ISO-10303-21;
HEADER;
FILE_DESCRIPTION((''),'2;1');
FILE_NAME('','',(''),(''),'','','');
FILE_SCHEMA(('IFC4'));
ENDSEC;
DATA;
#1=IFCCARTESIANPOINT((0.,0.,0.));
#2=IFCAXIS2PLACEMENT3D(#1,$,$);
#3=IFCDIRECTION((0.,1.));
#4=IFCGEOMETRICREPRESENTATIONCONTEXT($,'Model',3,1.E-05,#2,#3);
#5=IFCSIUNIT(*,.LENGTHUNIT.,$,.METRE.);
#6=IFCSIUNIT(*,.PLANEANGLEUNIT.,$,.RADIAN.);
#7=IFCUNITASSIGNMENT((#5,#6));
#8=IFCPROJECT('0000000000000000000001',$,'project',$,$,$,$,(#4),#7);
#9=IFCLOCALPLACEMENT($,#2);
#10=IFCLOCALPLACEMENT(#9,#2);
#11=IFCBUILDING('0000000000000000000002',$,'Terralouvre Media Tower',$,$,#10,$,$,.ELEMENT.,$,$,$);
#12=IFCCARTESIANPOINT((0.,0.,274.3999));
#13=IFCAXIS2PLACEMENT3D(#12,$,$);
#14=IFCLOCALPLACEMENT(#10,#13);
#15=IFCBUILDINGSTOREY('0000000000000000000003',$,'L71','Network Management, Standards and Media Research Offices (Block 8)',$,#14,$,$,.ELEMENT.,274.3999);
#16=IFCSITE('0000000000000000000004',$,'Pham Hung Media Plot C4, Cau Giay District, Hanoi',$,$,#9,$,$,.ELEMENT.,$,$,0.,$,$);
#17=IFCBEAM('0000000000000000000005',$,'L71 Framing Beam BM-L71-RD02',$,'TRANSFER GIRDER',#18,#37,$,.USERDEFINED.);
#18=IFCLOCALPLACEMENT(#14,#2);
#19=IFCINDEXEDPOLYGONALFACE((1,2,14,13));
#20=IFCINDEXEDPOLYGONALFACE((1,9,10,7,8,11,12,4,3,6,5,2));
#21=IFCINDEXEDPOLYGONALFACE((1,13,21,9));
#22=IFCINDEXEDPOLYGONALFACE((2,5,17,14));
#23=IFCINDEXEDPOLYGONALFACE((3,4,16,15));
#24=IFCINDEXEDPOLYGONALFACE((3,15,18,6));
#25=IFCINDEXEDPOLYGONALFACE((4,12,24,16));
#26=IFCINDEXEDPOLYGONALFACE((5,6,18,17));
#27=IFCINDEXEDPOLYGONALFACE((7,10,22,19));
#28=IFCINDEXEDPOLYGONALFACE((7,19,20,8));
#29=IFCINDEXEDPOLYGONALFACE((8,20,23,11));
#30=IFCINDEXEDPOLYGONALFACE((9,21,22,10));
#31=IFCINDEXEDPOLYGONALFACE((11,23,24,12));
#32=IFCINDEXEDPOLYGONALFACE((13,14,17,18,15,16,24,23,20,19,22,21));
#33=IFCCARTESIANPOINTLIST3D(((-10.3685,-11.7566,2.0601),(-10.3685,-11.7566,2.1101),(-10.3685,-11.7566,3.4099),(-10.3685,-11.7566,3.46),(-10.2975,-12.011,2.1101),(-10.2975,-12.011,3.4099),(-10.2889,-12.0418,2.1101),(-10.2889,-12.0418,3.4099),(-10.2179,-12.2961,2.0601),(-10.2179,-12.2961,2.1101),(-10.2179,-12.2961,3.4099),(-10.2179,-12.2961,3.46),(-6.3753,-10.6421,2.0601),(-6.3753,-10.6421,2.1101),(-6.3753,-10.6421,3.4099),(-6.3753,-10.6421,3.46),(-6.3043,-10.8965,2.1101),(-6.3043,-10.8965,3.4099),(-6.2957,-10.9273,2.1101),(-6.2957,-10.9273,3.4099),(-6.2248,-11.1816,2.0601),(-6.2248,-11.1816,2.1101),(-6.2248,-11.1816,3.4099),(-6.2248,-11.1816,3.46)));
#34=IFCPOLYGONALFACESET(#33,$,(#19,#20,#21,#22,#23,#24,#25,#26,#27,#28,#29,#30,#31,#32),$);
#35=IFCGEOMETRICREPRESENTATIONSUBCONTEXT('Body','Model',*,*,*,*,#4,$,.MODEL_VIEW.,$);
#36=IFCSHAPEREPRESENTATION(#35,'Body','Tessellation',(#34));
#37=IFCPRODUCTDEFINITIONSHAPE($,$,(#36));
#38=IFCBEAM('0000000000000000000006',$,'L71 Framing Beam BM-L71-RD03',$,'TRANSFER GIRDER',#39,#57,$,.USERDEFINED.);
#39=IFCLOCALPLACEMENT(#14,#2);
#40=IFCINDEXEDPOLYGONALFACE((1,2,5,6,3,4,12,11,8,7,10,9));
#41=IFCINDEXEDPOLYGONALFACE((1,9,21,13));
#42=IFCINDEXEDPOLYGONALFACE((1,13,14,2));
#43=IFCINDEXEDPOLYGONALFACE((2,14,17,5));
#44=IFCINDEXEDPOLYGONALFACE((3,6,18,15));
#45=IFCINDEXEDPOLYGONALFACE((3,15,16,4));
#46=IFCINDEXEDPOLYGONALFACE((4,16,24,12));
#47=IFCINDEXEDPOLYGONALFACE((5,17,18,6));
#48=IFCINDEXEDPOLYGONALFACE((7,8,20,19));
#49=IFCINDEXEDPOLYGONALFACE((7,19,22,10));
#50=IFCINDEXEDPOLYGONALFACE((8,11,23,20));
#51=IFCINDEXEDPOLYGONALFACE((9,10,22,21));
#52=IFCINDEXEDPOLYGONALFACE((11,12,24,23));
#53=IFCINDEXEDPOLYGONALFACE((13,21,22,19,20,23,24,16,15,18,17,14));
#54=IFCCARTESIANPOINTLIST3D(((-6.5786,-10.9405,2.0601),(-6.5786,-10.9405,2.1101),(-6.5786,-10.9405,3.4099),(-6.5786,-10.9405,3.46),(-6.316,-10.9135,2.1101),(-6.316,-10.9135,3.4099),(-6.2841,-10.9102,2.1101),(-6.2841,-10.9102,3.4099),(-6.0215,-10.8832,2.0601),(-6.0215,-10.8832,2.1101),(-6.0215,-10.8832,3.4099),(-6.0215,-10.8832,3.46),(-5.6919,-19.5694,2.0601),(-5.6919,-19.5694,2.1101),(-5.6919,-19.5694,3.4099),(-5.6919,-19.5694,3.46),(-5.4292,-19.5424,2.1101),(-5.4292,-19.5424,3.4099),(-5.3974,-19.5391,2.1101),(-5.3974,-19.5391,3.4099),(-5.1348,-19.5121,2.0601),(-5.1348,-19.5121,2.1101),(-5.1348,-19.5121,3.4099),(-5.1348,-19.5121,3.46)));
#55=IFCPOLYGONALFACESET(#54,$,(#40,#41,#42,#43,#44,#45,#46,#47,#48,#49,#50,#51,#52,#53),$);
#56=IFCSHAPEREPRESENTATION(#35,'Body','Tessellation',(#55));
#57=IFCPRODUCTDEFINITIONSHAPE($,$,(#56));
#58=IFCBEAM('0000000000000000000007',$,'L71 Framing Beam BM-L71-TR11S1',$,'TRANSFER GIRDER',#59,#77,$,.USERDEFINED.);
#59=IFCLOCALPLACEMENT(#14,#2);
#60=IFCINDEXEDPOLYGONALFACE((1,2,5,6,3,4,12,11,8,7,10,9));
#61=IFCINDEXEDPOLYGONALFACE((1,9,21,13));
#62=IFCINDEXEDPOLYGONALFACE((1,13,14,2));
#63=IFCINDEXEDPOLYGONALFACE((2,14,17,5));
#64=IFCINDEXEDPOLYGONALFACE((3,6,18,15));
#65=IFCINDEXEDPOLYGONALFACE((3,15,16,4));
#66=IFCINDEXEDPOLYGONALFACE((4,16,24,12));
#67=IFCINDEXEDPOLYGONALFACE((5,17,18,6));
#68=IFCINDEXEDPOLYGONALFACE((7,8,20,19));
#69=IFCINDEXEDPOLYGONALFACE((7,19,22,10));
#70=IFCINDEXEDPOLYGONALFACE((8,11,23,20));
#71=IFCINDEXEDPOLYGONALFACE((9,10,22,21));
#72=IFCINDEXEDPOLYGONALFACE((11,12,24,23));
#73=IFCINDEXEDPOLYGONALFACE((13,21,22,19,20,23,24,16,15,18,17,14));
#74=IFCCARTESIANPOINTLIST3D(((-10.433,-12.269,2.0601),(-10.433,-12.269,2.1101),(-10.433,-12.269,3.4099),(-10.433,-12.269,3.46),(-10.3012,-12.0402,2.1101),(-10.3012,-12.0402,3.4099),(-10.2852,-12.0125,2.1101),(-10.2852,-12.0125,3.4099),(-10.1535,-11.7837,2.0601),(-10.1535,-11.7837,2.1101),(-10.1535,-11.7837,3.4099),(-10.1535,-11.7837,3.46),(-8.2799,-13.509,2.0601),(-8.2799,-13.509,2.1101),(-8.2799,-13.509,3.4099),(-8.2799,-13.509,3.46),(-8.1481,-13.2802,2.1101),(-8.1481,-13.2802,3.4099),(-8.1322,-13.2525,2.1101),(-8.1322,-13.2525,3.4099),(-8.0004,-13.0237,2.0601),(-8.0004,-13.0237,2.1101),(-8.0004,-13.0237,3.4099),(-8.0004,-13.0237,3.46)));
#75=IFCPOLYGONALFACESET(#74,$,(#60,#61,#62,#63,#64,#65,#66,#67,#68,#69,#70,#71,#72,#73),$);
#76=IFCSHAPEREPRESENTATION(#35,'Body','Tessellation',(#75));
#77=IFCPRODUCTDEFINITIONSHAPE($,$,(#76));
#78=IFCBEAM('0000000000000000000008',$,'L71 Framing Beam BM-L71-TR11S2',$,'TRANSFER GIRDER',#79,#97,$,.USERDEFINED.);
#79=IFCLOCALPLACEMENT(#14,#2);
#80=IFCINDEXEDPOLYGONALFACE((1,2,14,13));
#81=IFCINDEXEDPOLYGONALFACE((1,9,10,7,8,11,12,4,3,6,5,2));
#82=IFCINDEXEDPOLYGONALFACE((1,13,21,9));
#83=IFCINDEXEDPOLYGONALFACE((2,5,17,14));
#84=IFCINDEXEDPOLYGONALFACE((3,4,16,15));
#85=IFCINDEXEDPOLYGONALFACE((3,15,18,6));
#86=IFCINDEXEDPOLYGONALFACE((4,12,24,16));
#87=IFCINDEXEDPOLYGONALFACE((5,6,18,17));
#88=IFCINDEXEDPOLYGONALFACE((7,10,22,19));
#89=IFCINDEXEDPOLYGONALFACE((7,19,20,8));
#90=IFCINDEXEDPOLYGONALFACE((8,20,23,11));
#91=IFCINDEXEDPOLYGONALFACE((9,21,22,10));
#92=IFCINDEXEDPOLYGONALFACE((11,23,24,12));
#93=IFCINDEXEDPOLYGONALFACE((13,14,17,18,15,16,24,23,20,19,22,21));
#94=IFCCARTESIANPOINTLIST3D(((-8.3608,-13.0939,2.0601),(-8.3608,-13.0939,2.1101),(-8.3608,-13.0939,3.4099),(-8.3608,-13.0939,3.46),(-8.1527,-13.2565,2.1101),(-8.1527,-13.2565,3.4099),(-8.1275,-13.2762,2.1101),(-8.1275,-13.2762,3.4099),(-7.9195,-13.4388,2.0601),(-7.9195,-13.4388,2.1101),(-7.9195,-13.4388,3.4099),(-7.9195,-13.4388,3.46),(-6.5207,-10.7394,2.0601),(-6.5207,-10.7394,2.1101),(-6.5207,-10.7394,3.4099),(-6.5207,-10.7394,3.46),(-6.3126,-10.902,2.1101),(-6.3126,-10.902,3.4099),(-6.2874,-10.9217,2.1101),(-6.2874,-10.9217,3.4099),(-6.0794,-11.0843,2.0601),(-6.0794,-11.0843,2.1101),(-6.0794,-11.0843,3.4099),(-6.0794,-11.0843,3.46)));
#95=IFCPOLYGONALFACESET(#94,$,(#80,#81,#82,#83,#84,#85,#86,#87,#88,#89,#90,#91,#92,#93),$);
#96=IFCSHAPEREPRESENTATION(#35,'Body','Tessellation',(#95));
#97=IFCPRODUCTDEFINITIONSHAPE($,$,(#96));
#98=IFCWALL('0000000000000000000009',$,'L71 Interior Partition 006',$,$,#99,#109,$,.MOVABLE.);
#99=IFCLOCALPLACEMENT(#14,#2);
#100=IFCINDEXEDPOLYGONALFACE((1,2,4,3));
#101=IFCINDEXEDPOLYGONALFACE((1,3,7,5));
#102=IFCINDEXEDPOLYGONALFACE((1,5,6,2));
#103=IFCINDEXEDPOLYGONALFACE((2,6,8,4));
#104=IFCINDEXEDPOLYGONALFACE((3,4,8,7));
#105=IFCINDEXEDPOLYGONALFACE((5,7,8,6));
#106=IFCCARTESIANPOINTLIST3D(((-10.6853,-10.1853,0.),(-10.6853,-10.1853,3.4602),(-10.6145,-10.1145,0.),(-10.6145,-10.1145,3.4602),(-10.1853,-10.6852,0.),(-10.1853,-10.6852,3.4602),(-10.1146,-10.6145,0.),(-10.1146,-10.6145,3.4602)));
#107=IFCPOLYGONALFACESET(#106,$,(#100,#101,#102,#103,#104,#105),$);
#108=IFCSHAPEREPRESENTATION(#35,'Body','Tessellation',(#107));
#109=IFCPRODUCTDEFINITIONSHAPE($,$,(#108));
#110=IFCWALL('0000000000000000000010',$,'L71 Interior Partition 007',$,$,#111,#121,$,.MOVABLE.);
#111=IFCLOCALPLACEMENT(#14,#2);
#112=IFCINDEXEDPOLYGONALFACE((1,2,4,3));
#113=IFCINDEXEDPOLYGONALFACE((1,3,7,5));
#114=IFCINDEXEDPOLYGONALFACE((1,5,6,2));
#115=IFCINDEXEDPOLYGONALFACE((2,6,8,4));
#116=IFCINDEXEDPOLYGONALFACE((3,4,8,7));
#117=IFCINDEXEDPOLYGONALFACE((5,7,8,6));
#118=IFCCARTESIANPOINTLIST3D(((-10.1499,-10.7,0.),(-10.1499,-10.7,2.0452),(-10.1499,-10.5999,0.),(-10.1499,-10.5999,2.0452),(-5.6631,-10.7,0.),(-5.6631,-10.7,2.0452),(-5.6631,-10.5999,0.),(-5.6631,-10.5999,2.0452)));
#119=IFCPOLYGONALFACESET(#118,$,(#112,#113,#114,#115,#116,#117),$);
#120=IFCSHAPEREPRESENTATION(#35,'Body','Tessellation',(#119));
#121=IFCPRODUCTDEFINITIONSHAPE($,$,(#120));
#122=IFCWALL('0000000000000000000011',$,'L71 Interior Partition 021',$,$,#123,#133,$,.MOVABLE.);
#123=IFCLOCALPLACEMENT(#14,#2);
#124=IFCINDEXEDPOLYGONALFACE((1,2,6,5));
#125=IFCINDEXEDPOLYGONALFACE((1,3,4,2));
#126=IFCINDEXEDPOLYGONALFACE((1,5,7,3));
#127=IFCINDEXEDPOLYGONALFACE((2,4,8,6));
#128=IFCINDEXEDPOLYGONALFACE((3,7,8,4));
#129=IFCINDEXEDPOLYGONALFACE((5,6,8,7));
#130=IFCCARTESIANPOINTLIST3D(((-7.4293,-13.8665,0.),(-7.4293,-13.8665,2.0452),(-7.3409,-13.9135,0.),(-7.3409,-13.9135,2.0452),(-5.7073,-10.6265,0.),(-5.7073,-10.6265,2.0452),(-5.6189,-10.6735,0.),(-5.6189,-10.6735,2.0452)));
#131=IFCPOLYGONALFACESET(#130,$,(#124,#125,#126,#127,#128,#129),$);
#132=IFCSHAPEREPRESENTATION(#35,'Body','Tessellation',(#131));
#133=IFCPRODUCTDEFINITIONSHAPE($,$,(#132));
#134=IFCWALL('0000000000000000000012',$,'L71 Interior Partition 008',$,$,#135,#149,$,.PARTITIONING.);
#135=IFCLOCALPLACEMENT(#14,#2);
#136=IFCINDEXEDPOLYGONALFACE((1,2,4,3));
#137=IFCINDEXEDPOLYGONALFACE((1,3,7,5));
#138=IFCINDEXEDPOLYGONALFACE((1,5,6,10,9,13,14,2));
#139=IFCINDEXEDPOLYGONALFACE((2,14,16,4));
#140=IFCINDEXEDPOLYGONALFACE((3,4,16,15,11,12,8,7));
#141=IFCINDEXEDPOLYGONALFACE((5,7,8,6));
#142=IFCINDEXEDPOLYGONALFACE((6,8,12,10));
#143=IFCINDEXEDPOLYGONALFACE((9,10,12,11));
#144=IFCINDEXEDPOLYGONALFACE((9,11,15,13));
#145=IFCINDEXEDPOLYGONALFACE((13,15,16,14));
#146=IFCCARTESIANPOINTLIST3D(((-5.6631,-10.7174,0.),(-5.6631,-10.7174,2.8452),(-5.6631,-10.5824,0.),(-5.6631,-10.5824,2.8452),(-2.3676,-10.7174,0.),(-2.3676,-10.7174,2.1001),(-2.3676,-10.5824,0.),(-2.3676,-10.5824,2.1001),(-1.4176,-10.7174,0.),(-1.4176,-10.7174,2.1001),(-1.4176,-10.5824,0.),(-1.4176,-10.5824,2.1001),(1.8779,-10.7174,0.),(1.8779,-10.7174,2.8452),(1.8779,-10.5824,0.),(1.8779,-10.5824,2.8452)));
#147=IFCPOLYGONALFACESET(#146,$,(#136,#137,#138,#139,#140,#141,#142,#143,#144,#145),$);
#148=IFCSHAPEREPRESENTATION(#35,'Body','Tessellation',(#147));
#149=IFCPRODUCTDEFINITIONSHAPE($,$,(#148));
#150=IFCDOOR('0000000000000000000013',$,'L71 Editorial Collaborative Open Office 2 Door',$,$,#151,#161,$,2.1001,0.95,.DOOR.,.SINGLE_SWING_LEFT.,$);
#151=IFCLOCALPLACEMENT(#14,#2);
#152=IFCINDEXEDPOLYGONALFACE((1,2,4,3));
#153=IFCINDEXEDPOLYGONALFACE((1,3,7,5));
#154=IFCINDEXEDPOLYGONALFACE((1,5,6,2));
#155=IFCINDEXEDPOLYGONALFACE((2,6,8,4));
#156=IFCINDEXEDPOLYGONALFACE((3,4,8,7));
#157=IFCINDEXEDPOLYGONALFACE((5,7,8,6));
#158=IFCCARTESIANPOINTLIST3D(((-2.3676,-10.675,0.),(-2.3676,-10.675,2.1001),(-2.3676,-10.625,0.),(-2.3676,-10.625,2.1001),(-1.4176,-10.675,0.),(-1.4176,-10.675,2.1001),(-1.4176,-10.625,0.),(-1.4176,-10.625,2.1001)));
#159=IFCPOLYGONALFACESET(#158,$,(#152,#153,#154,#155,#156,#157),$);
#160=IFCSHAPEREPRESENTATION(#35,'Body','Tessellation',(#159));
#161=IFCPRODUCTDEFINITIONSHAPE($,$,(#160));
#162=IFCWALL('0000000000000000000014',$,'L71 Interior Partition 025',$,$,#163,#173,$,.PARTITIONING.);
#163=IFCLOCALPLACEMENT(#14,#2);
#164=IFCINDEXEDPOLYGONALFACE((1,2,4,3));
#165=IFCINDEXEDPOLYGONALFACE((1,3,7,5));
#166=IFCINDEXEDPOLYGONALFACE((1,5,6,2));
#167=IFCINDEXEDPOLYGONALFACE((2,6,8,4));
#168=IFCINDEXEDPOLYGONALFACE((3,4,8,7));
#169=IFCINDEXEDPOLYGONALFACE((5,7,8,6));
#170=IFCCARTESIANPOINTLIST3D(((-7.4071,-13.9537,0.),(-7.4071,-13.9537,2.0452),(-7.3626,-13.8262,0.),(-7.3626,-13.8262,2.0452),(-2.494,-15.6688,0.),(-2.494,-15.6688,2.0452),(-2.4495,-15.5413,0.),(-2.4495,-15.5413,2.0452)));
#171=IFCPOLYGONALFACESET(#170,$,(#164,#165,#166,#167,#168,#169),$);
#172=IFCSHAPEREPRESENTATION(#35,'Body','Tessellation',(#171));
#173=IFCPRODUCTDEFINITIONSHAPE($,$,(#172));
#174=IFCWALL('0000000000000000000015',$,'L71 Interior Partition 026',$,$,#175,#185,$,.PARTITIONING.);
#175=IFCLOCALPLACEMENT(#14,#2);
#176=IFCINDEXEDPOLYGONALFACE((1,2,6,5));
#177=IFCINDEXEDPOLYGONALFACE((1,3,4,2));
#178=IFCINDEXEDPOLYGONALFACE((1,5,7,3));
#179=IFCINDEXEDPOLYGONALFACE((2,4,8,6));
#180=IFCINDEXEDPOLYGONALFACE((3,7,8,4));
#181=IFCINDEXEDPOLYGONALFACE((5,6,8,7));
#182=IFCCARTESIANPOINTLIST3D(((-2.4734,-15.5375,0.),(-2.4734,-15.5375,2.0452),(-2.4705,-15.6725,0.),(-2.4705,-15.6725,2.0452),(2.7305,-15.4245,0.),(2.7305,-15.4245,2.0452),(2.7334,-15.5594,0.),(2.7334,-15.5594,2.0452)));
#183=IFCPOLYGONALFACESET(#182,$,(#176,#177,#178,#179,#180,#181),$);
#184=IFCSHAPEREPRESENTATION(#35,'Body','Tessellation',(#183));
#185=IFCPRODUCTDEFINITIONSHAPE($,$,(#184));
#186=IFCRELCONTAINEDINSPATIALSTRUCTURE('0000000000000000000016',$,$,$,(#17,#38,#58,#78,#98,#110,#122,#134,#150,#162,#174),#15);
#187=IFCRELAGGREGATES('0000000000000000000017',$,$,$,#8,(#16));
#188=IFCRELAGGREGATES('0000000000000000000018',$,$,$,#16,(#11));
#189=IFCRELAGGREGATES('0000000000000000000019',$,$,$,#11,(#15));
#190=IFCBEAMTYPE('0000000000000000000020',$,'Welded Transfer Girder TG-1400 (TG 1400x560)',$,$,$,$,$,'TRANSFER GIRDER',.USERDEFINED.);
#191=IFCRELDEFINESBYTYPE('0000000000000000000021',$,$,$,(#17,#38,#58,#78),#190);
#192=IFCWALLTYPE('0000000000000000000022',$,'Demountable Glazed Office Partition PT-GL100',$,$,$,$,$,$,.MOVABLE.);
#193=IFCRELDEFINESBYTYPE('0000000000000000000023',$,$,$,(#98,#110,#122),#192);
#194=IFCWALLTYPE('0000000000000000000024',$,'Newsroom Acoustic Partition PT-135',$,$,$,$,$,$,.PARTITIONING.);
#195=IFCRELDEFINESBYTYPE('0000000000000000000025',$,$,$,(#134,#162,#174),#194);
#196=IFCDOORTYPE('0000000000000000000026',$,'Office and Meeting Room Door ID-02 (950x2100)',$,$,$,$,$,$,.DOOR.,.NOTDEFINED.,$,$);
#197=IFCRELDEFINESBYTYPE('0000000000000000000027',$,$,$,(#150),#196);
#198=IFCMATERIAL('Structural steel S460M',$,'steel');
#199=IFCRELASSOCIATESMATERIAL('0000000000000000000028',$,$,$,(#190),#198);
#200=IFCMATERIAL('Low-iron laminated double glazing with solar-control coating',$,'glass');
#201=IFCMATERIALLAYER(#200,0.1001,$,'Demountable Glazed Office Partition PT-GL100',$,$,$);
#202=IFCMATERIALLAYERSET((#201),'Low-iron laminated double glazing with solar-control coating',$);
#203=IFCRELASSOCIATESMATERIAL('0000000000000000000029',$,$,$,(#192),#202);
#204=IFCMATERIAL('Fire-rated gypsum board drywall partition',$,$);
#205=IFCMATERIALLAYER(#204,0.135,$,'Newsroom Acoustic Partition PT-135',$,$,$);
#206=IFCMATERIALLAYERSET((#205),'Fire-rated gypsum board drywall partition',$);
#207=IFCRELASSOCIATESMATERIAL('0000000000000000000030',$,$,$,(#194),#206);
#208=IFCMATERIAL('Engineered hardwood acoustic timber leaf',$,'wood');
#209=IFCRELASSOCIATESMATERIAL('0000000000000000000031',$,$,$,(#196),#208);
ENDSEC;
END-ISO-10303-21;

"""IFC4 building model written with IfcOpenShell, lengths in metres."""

from ifc_helpers import new_model, si_unit, direction, frame, frame_2d, origin, origin_2d, place, context, subcontext, project, spatial, rectangle, i_section, extrude, material, layer, layer_set, material_profile, profile_set, type_object, element, fill, save


model = new_model("IFC4")

# Units and contexts
model_context = context("Model", 3, precision=1e-05, world=origin(), true_north=direction((0.0, 1.0)))
body_context = subcontext(model_context, "Body", "Model", "MODEL_VIEW")
ifc_project = project(units=[si_unit("LENGTHUNIT", "METRE"), si_unit("PLANEANGLEUNIT", "RADIAN")], contexts=[model_context])

# Site, building, storey
site_placement = place(None, origin())
site = spatial("IfcSite", under=ifc_project, at=site_placement, Name="Pham Hung Media Plot C4, Cau Giay District, Hanoi", CompositionType="ELEMENT", RefElevation=0.0)
building_placement = place(site_placement, origin())
building = spatial("IfcBuilding", under=site, at=building_placement, Name="Terralouvre Media Tower", CompositionType="ELEMENT")
storey_placement = place(building_placement, frame((0.0, 0.0, 274.3999)))
storey = spatial("IfcBuildingStorey", under=building, at=storey_placement, Name="L71", Description="Network Management, Standards and Media Research Offices (Block 8)", CompositionType="ELEMENT", Elevation=274.3999)

# Beams
ifc_material_1 = material(Name="Structural steel S460M", Category="steel")
ifc_material_profile_1 = material_profile(ifc_material_1, i_section(OverallWidth=0.5601, OverallDepth=1.3999, WebThickness=0.032, FlangeThickness=0.05, at=origin_2d()), Name="TG 1400x560")
ifc_profile_set_1 = profile_set([ifc_material_profile_1], Name="Structural steel S460M")
beam_type_1 = type_object("IfcBeamType", Name="Welded Transfer Girder TG-1400 (TG 1400x560)", ElementType="TRANSFER GIRDER", PredefinedType="USERDEFINED", material=ifc_profile_set_1)
beam_1_placement = place(storey_placement, frame((-6.3, -10.9119, 2.76), z_axis=(-0.963188, -0.268828, 0.0), x_axis=(0.268828, -0.963188, 0.0)))
element("IfcBeam", 1, at=beam_1_placement, inside=storey, type_object=beam_type_1, Name="L71 Framing Beam BM-L71-RD02", ObjectType="TRANSFER GIRDER", PredefinedType="USERDEFINED", context=body_context, shape_type="SweptSolid", body=[
    extrude(i_section(OverallWidth=0.5601, OverallDepth=1.3999, WebThickness=0.032, FlangeThickness=0.05, at=origin_2d()), origin(), (0.0, 0.0, 1.0), 4.1458),
])
beam_2_placement = place(storey_placement, frame((-6.3, -10.9119, 2.76), z_axis=(0.102223, -0.994761, 0.0), x_axis=(0.994761, 0.102223, 0.0)))
element("IfcBeam", 2, at=beam_2_placement, inside=storey, type_object=beam_type_1, Name="L71 Framing Beam BM-L71-RD03", ObjectType="TRANSFER GIRDER", PredefinedType="USERDEFINED", context=body_context, shape_type="SweptSolid", body=[
    extrude(i_section(OverallWidth=0.5601, OverallDepth=1.3999, WebThickness=0.032, FlangeThickness=0.05, at=origin_2d()), origin(), (0.0, 0.0, 1.0), 8.6743),
])
beam_3_placement = place(storey_placement, frame((-8.1401, -13.2664, 2.76), z_axis=(-0.866563, 0.499067, 0.0), x_axis=(-0.499067, -0.866563, 0.0)))
element("IfcBeam", 3, at=beam_3_placement, inside=storey, type_object=beam_type_1, Name="L71 Framing Beam BM-L71-TR11S1", ObjectType="TRANSFER GIRDER", PredefinedType="USERDEFINED", context=body_context, shape_type="SweptSolid", body=[
    extrude(i_section(OverallWidth=0.5601, OverallDepth=1.3999, WebThickness=0.032, FlangeThickness=0.05, at=origin_2d()), origin(), (0.0, 0.0, 1.0), 2.4846),
])
beam_4_placement = place(storey_placement, frame((-8.1401, -13.2664, 2.76), z_axis=(0.615777, 0.78792, 0.0), x_axis=(-0.78792, 0.615777, 0.0)))
element("IfcBeam", 4, at=beam_4_placement, inside=storey, type_object=beam_type_1, Name="L71 Framing Beam BM-L71-TR11S2", ObjectType="TRANSFER GIRDER", PredefinedType="USERDEFINED", context=body_context, shape_type="SweptSolid", body=[
    extrude(i_section(OverallWidth=0.5601, OverallDepth=1.3999, WebThickness=0.032, FlangeThickness=0.05, at=origin_2d()), origin(), (0.0, 0.0, 1.0), 2.9883),
])

# Walls
ifc_material_2 = material(Name="Low-iron laminated double glazing with solar-control coating", Category="glass")
ifc_layer_1 = layer(ifc_material_2, 0.1001, Name="Demountable Glazed Office Partition PT-GL100")
ifc_layer_set_1 = layer_set([ifc_layer_1], Name="Low-iron laminated double glazing with solar-control coating")
wall_type_1 = type_object("IfcWallType", Name="Demountable Glazed Office Partition PT-GL100", PredefinedType="MOVABLE", material=ifc_layer_set_1)
wall_1_placement = place(storey_placement, frame((-10.6499, -10.1499, 0.0), z_axis=(0.0, 0.0, 1.0), x_axis=(0.707107, -0.707107, 0.0)))
element("IfcWall", 5, at=wall_1_placement, inside=storey, type_object=wall_type_1, Name="L71 Interior Partition 006", PredefinedType="MOVABLE", context=body_context, shape_type="SweptSolid", body=[
    extrude(rectangle(XDim=0.707, YDim=0.1001, at=frame_2d((0.3535, 0.0))), origin(), (0.0, 0.0, 1.0), 3.4602),
])
wall_2_placement = place(storey_placement, frame((-10.1499, -10.6499, 0.0), z_axis=(0.0, 0.0, 1.0), x_axis=(1.0, 0.0, 0.0)))
element("IfcWall", 6, at=wall_2_placement, inside=storey, type_object=wall_type_1, Name="L71 Interior Partition 007", PredefinedType="MOVABLE", context=body_context, shape_type="SweptSolid", body=[
    extrude(rectangle(XDim=4.4868, YDim=0.1001, at=frame_2d((2.2434, 0.0))), origin(), (0.0, 0.0, 1.0), 2.0452),
])
wall_3_placement = place(storey_placement, frame((-7.385, -13.8899, 0.0), z_axis=(0.0, 0.0, 1.0), x_axis=(0.4693, 0.883039, 0.0)))
element("IfcWall", 7, at=wall_3_placement, inside=storey, type_object=wall_type_1, Name="L71 Interior Partition 021", PredefinedType="MOVABLE", context=body_context, shape_type="SweptSolid", body=[
    extrude(rectangle(XDim=3.6692, YDim=0.1001, at=frame_2d((1.8345, 0.0))), origin(), (0.0, 0.0, 1.0), 2.0452),
])

# Wall, opening, door
ifc_material_3 = material(Name="Fire-rated gypsum board drywall partition")
ifc_layer_2 = layer(ifc_material_3, 0.135, Name="Newsroom Acoustic Partition PT-135")
ifc_layer_set_2 = layer_set([ifc_layer_2], Name="Fire-rated gypsum board drywall partition")
wall_type_2 = type_object("IfcWallType", Name="Newsroom Acoustic Partition PT-135", PredefinedType="PARTITIONING", material=ifc_layer_set_2)
wall_4_placement = place(storey_placement, frame((-5.6631, -10.6499, 0.0), z_axis=(0.0, 0.0, 1.0), x_axis=(1.0, 0.0, 0.0)))
wall_4 = element("IfcWall", 8, at=wall_4_placement, inside=storey, type_object=wall_type_2, Name="L71 Interior Partition 008", PredefinedType="PARTITIONING", context=body_context, shape_type="SweptSolid", body=[
    extrude(rectangle(XDim=7.541, YDim=0.135, at=frame_2d((3.7705, 0.0))), origin(), (0.0, 0.0, 1.0), 2.8452),
])
opening_placement = place(wall_4_placement, frame((3.2954, 0.0, 0.0)))
opening = element("IfcOpeningElement", 9, at=opening_placement, cuts=wall_4, PredefinedType="OPENING", context=body_context, shape_type="SweptSolid", body=[
    extrude(rectangle(XDim=0.95, YDim=2.1001, at=frame_2d((0.4751, 1.05))), frame((0.0, 0.0774, 0.0), z_axis=(0.0, -1.0, 0.0), x_axis=(1.0, 0.0, 0.0)), (0.0, 0.0, 1.0), 0.155),
])
ifc_material_4 = material(Name="Engineered hardwood acoustic timber leaf", Category="wood")
door_type = type_object("IfcDoorType", Name="Office and Meeting Room Door ID-02 (950x2100)", OperationType="NOTDEFINED", PredefinedType="DOOR", material=ifc_material_4)
door_placement = place(opening_placement, origin())
door = element("IfcDoor", 10, at=door_placement, inside=storey, type_object=door_type, Name="L71 Editorial Collaborative Open Office 2 Door", OperationType="SINGLE_SWING_LEFT", OverallHeight=2.1001, OverallWidth=0.95, PredefinedType="DOOR", context=body_context, shape_type="SweptSolid", body=[
    extrude(rectangle(XDim=0.95, YDim=2.1001, at=frame_2d((0.4751, 1.05))), frame((0.0, 0.0249, 0.0), z_axis=(0.0, -1.0, 0.0), x_axis=(1.0, 0.0, 0.0)), (0.0, 0.0, 1.0), 0.05),
])
fill(opening, door)

# Walls
wall_5_placement = place(storey_placement, frame((-7.385, -13.8899, 0.0), z_axis=(0.0, 0.0, 1.0), x_axis=(0.944127, -0.329581, 0.0)))
element("IfcWall", 11, at=wall_5_placement, inside=storey, type_object=wall_type_2, Name="L71 Interior Partition 025", PredefinedType="PARTITIONING", context=body_context, shape_type="SweptSolid", body=[
    extrude(rectangle(XDim=5.2039, YDim=0.135, at=frame_2d((2.6021, 0.0))), origin(), (0.0, 0.0, 1.0), 2.0452),
])
wall_6_placement = place(storey_placement, frame((-2.4719, -15.605, 0.0), z_axis=(0.0, 0.0, 1.0), x_axis=(0.999764, 0.021717, 0.0)))
element("IfcWall", 12, at=wall_6_placement, inside=storey, type_object=wall_type_2, Name="L71 Interior Partition 026", PredefinedType="PARTITIONING", context=body_context, shape_type="SweptSolid", body=[
    extrude(rectangle(XDim=5.2051, YDim=0.135, at=frame_2d((2.6025, 0.0))), origin(), (0.0, 0.0, 1.0), 2.0452),
])

save(model, "model.ifc")
